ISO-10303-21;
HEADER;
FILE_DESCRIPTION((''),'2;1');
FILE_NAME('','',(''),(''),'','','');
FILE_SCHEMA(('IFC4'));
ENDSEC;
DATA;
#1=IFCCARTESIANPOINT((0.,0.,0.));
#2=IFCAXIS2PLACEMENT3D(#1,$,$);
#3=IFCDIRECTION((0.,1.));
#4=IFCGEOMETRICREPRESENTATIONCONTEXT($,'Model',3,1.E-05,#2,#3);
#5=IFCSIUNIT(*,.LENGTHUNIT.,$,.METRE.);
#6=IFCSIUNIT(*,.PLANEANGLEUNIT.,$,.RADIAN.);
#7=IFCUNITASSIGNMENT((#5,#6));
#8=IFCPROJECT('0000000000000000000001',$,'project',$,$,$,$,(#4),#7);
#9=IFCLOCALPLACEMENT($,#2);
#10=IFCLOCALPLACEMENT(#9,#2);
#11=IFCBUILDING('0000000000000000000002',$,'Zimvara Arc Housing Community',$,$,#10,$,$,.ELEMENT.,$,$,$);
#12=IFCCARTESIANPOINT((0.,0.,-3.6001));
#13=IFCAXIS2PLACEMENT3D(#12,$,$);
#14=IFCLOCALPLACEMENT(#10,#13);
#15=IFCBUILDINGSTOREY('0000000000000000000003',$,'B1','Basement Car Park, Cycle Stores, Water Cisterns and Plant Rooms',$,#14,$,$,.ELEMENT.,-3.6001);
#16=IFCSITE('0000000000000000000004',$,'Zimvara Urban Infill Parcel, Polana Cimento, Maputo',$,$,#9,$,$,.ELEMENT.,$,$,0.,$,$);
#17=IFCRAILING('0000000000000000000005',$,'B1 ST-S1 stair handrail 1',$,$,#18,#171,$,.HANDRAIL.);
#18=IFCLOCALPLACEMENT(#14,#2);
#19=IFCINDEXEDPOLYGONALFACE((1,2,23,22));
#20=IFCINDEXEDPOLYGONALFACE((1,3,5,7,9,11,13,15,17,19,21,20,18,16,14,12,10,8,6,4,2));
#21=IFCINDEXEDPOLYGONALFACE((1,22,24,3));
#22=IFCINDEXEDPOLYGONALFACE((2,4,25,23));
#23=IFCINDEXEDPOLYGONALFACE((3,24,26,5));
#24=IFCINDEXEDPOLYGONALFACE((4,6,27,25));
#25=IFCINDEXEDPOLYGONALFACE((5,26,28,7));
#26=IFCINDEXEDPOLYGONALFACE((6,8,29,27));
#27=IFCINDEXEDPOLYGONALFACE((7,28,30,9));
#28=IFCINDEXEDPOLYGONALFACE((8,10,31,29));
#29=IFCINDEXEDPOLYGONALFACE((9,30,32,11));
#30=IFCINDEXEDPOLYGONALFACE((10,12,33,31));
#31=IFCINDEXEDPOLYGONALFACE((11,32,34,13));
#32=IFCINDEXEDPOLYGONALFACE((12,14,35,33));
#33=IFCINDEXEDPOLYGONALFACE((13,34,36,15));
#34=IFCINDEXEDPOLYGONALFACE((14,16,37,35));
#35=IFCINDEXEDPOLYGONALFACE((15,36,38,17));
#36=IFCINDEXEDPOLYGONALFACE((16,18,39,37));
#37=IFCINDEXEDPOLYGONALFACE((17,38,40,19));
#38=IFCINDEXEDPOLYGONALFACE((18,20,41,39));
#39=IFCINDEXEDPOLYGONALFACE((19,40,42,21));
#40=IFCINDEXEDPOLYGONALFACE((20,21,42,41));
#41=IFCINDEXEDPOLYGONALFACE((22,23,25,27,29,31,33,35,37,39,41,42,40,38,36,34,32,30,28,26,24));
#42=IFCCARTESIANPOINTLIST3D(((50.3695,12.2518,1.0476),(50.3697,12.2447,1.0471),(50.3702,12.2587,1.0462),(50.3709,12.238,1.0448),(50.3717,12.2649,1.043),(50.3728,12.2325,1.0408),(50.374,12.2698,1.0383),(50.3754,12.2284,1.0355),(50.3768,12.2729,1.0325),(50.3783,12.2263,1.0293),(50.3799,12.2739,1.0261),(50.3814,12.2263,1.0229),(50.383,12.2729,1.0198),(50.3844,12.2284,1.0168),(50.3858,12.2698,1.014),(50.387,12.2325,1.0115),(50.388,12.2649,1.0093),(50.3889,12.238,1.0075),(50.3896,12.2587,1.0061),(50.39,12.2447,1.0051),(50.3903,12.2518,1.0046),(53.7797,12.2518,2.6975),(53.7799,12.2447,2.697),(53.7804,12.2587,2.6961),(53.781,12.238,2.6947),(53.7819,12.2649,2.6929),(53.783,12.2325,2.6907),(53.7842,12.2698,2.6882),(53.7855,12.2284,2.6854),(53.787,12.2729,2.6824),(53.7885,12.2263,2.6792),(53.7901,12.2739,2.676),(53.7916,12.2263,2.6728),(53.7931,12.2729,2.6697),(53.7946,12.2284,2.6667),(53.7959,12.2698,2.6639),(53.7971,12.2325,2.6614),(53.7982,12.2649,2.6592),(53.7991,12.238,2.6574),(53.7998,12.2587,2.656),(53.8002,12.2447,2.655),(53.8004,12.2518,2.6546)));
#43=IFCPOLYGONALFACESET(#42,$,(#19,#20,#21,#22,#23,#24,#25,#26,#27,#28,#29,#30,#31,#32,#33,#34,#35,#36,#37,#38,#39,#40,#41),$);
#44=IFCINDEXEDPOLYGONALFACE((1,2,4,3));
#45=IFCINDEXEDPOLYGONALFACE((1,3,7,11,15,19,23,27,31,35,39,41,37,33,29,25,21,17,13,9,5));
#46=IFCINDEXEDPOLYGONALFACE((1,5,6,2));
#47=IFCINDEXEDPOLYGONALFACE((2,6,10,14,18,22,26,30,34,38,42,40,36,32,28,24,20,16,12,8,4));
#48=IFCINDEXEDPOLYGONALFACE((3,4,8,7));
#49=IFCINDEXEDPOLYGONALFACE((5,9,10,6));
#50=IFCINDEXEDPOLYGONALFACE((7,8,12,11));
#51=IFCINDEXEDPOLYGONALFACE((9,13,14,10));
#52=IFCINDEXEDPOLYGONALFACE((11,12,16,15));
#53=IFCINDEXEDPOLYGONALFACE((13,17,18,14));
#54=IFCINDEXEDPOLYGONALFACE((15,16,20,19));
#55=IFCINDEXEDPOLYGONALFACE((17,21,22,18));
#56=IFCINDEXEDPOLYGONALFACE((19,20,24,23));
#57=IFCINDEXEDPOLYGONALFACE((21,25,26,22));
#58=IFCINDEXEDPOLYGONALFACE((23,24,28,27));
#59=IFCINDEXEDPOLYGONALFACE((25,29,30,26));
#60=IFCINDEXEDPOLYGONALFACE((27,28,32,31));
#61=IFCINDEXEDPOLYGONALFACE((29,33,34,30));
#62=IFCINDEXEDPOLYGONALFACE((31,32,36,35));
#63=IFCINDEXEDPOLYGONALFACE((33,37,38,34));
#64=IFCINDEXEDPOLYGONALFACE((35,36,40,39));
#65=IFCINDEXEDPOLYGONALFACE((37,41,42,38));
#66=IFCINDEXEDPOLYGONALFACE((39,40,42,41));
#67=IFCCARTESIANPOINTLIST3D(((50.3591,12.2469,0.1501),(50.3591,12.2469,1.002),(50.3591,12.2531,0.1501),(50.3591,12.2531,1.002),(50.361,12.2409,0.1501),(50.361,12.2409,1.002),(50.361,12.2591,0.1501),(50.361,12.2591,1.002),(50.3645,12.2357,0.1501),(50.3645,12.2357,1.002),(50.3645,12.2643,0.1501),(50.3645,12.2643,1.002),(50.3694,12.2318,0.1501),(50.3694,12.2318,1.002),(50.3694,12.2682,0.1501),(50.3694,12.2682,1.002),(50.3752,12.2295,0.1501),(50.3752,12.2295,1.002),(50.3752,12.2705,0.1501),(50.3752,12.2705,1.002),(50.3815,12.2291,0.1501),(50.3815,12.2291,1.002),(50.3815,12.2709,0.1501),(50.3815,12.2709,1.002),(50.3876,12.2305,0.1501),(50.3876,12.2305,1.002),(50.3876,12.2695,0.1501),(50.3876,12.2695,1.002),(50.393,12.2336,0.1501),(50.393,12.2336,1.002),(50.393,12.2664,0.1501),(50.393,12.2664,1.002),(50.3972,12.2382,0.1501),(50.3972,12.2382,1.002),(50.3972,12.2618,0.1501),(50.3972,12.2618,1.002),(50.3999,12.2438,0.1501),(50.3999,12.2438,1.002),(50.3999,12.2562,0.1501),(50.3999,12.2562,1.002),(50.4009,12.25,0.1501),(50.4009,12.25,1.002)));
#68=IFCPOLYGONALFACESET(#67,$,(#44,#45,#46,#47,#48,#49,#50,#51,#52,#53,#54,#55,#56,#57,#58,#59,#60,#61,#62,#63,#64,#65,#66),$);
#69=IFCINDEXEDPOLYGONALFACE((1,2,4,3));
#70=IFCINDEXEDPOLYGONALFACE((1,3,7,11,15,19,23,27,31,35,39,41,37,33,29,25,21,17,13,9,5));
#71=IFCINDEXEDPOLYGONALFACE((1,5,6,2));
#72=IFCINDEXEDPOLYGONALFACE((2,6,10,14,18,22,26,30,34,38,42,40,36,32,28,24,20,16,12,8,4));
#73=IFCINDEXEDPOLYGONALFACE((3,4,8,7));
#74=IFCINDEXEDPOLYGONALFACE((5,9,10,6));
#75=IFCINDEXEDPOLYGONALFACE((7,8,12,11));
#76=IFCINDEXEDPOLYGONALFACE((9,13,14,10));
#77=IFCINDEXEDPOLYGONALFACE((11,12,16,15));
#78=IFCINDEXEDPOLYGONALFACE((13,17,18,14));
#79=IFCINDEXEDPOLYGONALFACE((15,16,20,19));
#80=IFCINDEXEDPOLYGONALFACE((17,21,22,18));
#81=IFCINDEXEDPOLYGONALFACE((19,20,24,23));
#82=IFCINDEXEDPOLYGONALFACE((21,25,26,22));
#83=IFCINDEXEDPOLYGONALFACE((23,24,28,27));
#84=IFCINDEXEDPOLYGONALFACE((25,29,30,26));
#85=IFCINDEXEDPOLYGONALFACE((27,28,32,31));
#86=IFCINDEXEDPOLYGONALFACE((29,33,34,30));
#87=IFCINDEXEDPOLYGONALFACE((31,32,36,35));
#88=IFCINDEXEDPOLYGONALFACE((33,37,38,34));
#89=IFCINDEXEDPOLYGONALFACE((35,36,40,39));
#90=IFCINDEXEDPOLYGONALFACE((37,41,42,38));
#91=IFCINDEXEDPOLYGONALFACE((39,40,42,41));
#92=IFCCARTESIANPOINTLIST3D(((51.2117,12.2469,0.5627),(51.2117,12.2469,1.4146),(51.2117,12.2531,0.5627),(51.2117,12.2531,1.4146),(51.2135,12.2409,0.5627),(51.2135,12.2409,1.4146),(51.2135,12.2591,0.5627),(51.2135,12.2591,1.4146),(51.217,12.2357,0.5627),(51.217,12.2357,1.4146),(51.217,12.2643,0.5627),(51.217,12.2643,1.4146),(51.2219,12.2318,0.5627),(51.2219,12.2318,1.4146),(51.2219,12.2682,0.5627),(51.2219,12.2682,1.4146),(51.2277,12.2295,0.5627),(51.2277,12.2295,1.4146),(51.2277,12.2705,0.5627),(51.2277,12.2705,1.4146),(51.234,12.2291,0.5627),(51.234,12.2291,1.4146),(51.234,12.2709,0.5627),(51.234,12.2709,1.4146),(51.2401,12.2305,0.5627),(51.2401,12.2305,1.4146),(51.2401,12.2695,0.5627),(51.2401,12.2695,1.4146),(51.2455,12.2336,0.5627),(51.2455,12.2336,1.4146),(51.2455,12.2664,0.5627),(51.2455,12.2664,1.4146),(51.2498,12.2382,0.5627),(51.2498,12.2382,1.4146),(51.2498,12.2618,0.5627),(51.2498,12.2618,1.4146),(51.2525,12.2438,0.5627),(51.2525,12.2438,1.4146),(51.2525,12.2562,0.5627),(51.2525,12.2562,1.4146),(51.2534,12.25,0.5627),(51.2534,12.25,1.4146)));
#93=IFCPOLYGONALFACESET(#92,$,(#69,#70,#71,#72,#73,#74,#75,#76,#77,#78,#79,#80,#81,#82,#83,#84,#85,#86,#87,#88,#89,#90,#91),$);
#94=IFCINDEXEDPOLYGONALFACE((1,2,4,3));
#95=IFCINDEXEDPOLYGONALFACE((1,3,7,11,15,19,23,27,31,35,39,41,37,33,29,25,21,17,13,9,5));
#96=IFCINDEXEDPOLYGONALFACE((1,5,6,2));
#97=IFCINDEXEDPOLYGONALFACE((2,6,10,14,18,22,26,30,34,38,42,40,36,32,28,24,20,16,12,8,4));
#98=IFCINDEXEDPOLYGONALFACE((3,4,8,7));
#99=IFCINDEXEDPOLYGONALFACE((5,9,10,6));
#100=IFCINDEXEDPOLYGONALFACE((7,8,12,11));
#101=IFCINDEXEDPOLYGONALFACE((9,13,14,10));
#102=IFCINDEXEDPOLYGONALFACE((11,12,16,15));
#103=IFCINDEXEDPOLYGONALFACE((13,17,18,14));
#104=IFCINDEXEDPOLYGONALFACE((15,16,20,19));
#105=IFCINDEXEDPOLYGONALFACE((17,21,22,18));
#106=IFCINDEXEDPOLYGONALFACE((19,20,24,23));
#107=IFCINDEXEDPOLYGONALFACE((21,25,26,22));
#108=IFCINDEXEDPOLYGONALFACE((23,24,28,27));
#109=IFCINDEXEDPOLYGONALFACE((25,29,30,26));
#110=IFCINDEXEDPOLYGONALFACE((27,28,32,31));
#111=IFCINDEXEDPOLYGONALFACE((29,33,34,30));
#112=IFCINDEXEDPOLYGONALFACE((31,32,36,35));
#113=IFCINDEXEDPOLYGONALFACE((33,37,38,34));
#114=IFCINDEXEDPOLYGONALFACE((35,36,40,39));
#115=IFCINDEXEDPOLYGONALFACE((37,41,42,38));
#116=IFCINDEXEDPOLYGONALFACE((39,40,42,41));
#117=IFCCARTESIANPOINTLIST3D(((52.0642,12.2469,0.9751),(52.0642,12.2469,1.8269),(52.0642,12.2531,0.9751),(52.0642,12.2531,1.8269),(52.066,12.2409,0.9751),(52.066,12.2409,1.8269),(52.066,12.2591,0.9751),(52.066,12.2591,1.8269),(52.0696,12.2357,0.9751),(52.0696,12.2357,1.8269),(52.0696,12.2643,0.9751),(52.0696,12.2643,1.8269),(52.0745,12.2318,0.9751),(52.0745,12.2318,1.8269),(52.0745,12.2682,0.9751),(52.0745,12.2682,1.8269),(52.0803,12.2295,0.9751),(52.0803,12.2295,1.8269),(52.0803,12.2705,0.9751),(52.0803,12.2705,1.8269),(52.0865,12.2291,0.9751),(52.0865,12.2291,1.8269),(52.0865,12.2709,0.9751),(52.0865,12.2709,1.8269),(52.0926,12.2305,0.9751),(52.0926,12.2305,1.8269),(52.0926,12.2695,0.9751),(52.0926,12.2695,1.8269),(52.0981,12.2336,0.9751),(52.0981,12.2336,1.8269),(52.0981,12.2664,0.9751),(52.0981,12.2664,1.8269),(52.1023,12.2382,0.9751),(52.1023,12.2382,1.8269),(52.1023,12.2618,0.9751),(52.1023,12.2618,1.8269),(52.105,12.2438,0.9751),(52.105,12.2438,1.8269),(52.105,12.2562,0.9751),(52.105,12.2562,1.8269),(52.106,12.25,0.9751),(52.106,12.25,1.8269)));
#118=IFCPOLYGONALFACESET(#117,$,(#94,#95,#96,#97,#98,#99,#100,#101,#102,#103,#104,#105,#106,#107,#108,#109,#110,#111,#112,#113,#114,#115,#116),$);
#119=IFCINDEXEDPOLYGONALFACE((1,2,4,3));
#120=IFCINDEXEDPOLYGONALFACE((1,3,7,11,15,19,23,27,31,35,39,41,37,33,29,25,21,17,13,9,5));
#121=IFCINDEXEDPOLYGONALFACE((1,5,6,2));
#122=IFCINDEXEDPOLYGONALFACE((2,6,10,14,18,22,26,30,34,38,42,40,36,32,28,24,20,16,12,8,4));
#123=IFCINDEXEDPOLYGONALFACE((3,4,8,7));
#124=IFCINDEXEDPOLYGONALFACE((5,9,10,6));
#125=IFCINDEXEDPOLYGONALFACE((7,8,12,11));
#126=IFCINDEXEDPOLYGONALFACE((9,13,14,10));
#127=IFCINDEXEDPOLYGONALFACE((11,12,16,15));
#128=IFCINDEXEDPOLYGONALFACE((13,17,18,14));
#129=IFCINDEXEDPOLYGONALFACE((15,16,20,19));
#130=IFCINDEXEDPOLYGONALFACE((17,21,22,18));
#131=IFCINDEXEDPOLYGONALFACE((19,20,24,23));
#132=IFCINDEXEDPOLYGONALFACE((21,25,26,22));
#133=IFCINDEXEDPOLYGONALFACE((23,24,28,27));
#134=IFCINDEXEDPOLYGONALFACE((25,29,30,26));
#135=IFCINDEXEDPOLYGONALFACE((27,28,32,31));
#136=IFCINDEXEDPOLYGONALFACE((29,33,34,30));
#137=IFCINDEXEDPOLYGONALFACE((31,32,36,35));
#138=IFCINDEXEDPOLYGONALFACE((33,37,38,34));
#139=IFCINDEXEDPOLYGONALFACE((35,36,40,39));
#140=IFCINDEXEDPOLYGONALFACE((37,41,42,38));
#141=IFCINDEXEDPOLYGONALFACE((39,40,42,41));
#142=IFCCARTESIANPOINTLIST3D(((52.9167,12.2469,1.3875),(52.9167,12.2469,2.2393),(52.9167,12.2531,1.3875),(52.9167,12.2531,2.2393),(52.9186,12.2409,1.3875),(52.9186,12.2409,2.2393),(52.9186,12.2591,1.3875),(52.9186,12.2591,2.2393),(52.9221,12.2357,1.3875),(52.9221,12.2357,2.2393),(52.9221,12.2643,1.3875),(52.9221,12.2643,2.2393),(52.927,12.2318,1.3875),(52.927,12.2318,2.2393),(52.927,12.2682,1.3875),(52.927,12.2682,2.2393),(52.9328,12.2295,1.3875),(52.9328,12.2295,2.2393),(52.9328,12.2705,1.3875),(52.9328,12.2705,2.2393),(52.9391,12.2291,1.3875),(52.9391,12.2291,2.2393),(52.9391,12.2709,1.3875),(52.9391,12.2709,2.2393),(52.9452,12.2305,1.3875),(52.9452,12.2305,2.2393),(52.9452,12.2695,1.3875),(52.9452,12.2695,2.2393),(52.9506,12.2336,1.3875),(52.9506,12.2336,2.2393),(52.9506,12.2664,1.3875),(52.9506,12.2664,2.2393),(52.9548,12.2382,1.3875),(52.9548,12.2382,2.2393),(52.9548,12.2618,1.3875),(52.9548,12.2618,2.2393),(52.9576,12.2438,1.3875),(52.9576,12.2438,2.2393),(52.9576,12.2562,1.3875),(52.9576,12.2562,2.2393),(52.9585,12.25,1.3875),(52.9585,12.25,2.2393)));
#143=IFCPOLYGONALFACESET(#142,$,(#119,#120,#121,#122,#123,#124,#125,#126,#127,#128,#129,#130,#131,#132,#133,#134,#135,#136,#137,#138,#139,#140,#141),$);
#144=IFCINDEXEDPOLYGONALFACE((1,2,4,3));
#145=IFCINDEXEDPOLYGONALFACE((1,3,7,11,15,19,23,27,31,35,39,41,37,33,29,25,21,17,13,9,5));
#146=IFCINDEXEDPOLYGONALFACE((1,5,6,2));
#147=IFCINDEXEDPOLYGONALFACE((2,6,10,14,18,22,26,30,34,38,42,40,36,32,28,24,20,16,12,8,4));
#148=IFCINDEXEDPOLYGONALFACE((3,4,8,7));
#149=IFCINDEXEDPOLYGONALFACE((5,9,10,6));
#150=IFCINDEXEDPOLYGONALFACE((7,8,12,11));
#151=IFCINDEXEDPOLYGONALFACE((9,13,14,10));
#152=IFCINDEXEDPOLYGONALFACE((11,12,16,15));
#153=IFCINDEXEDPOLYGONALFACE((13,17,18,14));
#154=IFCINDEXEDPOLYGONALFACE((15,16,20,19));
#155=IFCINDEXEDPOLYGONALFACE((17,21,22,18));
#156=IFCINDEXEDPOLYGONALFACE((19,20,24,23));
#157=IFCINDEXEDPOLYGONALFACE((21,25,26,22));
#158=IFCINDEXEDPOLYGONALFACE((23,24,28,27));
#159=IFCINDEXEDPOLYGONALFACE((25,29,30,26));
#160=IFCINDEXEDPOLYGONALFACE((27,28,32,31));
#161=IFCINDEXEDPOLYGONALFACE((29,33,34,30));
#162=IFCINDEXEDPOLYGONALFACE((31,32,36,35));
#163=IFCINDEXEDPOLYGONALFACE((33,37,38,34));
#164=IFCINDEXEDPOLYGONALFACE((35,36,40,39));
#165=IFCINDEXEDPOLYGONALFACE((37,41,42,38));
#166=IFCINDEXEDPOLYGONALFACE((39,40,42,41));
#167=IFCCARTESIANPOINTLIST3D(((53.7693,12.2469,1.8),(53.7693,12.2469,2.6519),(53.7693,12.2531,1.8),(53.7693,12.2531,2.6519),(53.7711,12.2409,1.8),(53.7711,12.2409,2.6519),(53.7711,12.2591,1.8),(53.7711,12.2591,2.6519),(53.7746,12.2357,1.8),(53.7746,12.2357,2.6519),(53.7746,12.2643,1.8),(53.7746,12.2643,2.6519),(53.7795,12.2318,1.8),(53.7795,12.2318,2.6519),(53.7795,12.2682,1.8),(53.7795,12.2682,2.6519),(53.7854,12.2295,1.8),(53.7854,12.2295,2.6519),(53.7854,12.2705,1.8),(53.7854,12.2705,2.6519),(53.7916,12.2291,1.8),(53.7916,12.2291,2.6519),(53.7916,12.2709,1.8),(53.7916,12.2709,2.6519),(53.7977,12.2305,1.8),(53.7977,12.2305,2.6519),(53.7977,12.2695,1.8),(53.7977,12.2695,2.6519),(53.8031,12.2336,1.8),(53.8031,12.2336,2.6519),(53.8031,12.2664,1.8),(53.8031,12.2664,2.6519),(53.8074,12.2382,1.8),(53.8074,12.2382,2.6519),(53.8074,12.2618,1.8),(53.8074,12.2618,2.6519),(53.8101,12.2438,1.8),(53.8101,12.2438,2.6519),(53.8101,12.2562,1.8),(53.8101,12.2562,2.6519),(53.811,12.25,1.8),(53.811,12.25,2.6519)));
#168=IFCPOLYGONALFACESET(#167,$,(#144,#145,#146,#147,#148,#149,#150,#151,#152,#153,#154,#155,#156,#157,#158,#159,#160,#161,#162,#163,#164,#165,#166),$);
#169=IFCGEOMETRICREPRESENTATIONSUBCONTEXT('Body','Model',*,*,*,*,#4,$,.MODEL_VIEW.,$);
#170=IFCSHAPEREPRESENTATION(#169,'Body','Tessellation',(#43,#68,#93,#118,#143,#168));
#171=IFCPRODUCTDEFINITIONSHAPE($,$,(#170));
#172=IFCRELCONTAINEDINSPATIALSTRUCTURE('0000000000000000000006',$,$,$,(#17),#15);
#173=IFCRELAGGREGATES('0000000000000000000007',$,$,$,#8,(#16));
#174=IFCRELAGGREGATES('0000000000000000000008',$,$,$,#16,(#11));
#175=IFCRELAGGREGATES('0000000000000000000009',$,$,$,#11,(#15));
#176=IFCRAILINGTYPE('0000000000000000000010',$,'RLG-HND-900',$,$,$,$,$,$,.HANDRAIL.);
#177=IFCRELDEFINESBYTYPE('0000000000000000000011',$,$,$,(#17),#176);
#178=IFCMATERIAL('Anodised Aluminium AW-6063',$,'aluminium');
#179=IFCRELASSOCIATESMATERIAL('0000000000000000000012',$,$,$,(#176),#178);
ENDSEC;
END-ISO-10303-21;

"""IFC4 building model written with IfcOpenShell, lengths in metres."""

from ifc_helpers import new_model, si_unit, direction, frame, origin, origin_2d, place, context, subcontext, project, spatial, circle, extrude, material, type_object, element, save


model = new_model("IFC4")

# Units and contexts
model_context = context("Model", 3, precision=1e-05, world=origin(), true_north=direction((0.0, 1.0)))
body_context = subcontext(model_context, "Body", "Model", "MODEL_VIEW")
ifc_project = project(units=[si_unit("LENGTHUNIT", "METRE"), si_unit("PLANEANGLEUNIT", "RADIAN")], contexts=[model_context])

# Site, building, storey
site_placement = place(None, origin())
site = spatial("IfcSite", under=ifc_project, at=site_placement, Name="Zimvara Urban Infill Parcel, Polana Cimento, Maputo", CompositionType="ELEMENT", RefElevation=0.0)
building_placement = place(site_placement, origin())
building = spatial("IfcBuilding", under=site, at=building_placement, Name="Zimvara Arc Housing Community", CompositionType="ELEMENT")
storey_placement = place(building_placement, frame((0.0, 0.0, -3.6001)))
storey = spatial("IfcBuildingStorey", under=building, at=storey_placement, Name="B1", Description="Basement Car Park, Cycle Stores, Water Cisterns and Plant Rooms", CompositionType="ELEMENT", Elevation=-3.6001)

# Railing
ifc_material_1 = material(Name="Anodised Aluminium AW-6063", Category="aluminium")
railing_type_1 = type_object("IfcRailingType", Name="RLG-HND-900", PredefinedType="HANDRAIL", material=ifc_material_1)
railing_1_placement = place(storey_placement, frame((50.3799, 12.25, 0.1501)))
element("IfcRailing", 1, at=railing_1_placement, inside=storey, type_object=railing_type_1, Name="B1 ST-S1 stair handrail 1", PredefinedType="HANDRAIL", context=body_context, shape_type="SweptSolid", body=[
    extrude(circle(Radius=0.0239, at=origin_2d()), frame((0.0, 0.0, 0.876), z_axis=(0.900177, 0.0, 0.435524), x_axis=(0.0, 1.0, 0.0)), (0.0, 0.0, 1.0), 3.7883),
    extrude(circle(Radius=0.021, at=origin_2d()), origin(), (0.0, 0.0, 1.0), 0.8518),
    extrude(circle(Radius=0.021, at=origin_2d()), frame((0.8525, 0.0, 0.4126)), (0.0, 0.0, 1.0), 0.8518),
    extrude(circle(Radius=0.021, at=origin_2d()), frame((1.7051, 0.0, 0.825)), (0.0, 0.0, 1.0), 0.8518),
    extrude(circle(Radius=0.021, at=origin_2d()), frame((2.5576, 0.0, 1.2373)), (0.0, 0.0, 1.0), 0.8518),
    extrude(circle(Radius=0.021, at=origin_2d()), frame((3.4102, 0.0, 1.6499)), (0.0, 0.0, 1.0), 0.8518),
])

save(model, "model.ifc")
